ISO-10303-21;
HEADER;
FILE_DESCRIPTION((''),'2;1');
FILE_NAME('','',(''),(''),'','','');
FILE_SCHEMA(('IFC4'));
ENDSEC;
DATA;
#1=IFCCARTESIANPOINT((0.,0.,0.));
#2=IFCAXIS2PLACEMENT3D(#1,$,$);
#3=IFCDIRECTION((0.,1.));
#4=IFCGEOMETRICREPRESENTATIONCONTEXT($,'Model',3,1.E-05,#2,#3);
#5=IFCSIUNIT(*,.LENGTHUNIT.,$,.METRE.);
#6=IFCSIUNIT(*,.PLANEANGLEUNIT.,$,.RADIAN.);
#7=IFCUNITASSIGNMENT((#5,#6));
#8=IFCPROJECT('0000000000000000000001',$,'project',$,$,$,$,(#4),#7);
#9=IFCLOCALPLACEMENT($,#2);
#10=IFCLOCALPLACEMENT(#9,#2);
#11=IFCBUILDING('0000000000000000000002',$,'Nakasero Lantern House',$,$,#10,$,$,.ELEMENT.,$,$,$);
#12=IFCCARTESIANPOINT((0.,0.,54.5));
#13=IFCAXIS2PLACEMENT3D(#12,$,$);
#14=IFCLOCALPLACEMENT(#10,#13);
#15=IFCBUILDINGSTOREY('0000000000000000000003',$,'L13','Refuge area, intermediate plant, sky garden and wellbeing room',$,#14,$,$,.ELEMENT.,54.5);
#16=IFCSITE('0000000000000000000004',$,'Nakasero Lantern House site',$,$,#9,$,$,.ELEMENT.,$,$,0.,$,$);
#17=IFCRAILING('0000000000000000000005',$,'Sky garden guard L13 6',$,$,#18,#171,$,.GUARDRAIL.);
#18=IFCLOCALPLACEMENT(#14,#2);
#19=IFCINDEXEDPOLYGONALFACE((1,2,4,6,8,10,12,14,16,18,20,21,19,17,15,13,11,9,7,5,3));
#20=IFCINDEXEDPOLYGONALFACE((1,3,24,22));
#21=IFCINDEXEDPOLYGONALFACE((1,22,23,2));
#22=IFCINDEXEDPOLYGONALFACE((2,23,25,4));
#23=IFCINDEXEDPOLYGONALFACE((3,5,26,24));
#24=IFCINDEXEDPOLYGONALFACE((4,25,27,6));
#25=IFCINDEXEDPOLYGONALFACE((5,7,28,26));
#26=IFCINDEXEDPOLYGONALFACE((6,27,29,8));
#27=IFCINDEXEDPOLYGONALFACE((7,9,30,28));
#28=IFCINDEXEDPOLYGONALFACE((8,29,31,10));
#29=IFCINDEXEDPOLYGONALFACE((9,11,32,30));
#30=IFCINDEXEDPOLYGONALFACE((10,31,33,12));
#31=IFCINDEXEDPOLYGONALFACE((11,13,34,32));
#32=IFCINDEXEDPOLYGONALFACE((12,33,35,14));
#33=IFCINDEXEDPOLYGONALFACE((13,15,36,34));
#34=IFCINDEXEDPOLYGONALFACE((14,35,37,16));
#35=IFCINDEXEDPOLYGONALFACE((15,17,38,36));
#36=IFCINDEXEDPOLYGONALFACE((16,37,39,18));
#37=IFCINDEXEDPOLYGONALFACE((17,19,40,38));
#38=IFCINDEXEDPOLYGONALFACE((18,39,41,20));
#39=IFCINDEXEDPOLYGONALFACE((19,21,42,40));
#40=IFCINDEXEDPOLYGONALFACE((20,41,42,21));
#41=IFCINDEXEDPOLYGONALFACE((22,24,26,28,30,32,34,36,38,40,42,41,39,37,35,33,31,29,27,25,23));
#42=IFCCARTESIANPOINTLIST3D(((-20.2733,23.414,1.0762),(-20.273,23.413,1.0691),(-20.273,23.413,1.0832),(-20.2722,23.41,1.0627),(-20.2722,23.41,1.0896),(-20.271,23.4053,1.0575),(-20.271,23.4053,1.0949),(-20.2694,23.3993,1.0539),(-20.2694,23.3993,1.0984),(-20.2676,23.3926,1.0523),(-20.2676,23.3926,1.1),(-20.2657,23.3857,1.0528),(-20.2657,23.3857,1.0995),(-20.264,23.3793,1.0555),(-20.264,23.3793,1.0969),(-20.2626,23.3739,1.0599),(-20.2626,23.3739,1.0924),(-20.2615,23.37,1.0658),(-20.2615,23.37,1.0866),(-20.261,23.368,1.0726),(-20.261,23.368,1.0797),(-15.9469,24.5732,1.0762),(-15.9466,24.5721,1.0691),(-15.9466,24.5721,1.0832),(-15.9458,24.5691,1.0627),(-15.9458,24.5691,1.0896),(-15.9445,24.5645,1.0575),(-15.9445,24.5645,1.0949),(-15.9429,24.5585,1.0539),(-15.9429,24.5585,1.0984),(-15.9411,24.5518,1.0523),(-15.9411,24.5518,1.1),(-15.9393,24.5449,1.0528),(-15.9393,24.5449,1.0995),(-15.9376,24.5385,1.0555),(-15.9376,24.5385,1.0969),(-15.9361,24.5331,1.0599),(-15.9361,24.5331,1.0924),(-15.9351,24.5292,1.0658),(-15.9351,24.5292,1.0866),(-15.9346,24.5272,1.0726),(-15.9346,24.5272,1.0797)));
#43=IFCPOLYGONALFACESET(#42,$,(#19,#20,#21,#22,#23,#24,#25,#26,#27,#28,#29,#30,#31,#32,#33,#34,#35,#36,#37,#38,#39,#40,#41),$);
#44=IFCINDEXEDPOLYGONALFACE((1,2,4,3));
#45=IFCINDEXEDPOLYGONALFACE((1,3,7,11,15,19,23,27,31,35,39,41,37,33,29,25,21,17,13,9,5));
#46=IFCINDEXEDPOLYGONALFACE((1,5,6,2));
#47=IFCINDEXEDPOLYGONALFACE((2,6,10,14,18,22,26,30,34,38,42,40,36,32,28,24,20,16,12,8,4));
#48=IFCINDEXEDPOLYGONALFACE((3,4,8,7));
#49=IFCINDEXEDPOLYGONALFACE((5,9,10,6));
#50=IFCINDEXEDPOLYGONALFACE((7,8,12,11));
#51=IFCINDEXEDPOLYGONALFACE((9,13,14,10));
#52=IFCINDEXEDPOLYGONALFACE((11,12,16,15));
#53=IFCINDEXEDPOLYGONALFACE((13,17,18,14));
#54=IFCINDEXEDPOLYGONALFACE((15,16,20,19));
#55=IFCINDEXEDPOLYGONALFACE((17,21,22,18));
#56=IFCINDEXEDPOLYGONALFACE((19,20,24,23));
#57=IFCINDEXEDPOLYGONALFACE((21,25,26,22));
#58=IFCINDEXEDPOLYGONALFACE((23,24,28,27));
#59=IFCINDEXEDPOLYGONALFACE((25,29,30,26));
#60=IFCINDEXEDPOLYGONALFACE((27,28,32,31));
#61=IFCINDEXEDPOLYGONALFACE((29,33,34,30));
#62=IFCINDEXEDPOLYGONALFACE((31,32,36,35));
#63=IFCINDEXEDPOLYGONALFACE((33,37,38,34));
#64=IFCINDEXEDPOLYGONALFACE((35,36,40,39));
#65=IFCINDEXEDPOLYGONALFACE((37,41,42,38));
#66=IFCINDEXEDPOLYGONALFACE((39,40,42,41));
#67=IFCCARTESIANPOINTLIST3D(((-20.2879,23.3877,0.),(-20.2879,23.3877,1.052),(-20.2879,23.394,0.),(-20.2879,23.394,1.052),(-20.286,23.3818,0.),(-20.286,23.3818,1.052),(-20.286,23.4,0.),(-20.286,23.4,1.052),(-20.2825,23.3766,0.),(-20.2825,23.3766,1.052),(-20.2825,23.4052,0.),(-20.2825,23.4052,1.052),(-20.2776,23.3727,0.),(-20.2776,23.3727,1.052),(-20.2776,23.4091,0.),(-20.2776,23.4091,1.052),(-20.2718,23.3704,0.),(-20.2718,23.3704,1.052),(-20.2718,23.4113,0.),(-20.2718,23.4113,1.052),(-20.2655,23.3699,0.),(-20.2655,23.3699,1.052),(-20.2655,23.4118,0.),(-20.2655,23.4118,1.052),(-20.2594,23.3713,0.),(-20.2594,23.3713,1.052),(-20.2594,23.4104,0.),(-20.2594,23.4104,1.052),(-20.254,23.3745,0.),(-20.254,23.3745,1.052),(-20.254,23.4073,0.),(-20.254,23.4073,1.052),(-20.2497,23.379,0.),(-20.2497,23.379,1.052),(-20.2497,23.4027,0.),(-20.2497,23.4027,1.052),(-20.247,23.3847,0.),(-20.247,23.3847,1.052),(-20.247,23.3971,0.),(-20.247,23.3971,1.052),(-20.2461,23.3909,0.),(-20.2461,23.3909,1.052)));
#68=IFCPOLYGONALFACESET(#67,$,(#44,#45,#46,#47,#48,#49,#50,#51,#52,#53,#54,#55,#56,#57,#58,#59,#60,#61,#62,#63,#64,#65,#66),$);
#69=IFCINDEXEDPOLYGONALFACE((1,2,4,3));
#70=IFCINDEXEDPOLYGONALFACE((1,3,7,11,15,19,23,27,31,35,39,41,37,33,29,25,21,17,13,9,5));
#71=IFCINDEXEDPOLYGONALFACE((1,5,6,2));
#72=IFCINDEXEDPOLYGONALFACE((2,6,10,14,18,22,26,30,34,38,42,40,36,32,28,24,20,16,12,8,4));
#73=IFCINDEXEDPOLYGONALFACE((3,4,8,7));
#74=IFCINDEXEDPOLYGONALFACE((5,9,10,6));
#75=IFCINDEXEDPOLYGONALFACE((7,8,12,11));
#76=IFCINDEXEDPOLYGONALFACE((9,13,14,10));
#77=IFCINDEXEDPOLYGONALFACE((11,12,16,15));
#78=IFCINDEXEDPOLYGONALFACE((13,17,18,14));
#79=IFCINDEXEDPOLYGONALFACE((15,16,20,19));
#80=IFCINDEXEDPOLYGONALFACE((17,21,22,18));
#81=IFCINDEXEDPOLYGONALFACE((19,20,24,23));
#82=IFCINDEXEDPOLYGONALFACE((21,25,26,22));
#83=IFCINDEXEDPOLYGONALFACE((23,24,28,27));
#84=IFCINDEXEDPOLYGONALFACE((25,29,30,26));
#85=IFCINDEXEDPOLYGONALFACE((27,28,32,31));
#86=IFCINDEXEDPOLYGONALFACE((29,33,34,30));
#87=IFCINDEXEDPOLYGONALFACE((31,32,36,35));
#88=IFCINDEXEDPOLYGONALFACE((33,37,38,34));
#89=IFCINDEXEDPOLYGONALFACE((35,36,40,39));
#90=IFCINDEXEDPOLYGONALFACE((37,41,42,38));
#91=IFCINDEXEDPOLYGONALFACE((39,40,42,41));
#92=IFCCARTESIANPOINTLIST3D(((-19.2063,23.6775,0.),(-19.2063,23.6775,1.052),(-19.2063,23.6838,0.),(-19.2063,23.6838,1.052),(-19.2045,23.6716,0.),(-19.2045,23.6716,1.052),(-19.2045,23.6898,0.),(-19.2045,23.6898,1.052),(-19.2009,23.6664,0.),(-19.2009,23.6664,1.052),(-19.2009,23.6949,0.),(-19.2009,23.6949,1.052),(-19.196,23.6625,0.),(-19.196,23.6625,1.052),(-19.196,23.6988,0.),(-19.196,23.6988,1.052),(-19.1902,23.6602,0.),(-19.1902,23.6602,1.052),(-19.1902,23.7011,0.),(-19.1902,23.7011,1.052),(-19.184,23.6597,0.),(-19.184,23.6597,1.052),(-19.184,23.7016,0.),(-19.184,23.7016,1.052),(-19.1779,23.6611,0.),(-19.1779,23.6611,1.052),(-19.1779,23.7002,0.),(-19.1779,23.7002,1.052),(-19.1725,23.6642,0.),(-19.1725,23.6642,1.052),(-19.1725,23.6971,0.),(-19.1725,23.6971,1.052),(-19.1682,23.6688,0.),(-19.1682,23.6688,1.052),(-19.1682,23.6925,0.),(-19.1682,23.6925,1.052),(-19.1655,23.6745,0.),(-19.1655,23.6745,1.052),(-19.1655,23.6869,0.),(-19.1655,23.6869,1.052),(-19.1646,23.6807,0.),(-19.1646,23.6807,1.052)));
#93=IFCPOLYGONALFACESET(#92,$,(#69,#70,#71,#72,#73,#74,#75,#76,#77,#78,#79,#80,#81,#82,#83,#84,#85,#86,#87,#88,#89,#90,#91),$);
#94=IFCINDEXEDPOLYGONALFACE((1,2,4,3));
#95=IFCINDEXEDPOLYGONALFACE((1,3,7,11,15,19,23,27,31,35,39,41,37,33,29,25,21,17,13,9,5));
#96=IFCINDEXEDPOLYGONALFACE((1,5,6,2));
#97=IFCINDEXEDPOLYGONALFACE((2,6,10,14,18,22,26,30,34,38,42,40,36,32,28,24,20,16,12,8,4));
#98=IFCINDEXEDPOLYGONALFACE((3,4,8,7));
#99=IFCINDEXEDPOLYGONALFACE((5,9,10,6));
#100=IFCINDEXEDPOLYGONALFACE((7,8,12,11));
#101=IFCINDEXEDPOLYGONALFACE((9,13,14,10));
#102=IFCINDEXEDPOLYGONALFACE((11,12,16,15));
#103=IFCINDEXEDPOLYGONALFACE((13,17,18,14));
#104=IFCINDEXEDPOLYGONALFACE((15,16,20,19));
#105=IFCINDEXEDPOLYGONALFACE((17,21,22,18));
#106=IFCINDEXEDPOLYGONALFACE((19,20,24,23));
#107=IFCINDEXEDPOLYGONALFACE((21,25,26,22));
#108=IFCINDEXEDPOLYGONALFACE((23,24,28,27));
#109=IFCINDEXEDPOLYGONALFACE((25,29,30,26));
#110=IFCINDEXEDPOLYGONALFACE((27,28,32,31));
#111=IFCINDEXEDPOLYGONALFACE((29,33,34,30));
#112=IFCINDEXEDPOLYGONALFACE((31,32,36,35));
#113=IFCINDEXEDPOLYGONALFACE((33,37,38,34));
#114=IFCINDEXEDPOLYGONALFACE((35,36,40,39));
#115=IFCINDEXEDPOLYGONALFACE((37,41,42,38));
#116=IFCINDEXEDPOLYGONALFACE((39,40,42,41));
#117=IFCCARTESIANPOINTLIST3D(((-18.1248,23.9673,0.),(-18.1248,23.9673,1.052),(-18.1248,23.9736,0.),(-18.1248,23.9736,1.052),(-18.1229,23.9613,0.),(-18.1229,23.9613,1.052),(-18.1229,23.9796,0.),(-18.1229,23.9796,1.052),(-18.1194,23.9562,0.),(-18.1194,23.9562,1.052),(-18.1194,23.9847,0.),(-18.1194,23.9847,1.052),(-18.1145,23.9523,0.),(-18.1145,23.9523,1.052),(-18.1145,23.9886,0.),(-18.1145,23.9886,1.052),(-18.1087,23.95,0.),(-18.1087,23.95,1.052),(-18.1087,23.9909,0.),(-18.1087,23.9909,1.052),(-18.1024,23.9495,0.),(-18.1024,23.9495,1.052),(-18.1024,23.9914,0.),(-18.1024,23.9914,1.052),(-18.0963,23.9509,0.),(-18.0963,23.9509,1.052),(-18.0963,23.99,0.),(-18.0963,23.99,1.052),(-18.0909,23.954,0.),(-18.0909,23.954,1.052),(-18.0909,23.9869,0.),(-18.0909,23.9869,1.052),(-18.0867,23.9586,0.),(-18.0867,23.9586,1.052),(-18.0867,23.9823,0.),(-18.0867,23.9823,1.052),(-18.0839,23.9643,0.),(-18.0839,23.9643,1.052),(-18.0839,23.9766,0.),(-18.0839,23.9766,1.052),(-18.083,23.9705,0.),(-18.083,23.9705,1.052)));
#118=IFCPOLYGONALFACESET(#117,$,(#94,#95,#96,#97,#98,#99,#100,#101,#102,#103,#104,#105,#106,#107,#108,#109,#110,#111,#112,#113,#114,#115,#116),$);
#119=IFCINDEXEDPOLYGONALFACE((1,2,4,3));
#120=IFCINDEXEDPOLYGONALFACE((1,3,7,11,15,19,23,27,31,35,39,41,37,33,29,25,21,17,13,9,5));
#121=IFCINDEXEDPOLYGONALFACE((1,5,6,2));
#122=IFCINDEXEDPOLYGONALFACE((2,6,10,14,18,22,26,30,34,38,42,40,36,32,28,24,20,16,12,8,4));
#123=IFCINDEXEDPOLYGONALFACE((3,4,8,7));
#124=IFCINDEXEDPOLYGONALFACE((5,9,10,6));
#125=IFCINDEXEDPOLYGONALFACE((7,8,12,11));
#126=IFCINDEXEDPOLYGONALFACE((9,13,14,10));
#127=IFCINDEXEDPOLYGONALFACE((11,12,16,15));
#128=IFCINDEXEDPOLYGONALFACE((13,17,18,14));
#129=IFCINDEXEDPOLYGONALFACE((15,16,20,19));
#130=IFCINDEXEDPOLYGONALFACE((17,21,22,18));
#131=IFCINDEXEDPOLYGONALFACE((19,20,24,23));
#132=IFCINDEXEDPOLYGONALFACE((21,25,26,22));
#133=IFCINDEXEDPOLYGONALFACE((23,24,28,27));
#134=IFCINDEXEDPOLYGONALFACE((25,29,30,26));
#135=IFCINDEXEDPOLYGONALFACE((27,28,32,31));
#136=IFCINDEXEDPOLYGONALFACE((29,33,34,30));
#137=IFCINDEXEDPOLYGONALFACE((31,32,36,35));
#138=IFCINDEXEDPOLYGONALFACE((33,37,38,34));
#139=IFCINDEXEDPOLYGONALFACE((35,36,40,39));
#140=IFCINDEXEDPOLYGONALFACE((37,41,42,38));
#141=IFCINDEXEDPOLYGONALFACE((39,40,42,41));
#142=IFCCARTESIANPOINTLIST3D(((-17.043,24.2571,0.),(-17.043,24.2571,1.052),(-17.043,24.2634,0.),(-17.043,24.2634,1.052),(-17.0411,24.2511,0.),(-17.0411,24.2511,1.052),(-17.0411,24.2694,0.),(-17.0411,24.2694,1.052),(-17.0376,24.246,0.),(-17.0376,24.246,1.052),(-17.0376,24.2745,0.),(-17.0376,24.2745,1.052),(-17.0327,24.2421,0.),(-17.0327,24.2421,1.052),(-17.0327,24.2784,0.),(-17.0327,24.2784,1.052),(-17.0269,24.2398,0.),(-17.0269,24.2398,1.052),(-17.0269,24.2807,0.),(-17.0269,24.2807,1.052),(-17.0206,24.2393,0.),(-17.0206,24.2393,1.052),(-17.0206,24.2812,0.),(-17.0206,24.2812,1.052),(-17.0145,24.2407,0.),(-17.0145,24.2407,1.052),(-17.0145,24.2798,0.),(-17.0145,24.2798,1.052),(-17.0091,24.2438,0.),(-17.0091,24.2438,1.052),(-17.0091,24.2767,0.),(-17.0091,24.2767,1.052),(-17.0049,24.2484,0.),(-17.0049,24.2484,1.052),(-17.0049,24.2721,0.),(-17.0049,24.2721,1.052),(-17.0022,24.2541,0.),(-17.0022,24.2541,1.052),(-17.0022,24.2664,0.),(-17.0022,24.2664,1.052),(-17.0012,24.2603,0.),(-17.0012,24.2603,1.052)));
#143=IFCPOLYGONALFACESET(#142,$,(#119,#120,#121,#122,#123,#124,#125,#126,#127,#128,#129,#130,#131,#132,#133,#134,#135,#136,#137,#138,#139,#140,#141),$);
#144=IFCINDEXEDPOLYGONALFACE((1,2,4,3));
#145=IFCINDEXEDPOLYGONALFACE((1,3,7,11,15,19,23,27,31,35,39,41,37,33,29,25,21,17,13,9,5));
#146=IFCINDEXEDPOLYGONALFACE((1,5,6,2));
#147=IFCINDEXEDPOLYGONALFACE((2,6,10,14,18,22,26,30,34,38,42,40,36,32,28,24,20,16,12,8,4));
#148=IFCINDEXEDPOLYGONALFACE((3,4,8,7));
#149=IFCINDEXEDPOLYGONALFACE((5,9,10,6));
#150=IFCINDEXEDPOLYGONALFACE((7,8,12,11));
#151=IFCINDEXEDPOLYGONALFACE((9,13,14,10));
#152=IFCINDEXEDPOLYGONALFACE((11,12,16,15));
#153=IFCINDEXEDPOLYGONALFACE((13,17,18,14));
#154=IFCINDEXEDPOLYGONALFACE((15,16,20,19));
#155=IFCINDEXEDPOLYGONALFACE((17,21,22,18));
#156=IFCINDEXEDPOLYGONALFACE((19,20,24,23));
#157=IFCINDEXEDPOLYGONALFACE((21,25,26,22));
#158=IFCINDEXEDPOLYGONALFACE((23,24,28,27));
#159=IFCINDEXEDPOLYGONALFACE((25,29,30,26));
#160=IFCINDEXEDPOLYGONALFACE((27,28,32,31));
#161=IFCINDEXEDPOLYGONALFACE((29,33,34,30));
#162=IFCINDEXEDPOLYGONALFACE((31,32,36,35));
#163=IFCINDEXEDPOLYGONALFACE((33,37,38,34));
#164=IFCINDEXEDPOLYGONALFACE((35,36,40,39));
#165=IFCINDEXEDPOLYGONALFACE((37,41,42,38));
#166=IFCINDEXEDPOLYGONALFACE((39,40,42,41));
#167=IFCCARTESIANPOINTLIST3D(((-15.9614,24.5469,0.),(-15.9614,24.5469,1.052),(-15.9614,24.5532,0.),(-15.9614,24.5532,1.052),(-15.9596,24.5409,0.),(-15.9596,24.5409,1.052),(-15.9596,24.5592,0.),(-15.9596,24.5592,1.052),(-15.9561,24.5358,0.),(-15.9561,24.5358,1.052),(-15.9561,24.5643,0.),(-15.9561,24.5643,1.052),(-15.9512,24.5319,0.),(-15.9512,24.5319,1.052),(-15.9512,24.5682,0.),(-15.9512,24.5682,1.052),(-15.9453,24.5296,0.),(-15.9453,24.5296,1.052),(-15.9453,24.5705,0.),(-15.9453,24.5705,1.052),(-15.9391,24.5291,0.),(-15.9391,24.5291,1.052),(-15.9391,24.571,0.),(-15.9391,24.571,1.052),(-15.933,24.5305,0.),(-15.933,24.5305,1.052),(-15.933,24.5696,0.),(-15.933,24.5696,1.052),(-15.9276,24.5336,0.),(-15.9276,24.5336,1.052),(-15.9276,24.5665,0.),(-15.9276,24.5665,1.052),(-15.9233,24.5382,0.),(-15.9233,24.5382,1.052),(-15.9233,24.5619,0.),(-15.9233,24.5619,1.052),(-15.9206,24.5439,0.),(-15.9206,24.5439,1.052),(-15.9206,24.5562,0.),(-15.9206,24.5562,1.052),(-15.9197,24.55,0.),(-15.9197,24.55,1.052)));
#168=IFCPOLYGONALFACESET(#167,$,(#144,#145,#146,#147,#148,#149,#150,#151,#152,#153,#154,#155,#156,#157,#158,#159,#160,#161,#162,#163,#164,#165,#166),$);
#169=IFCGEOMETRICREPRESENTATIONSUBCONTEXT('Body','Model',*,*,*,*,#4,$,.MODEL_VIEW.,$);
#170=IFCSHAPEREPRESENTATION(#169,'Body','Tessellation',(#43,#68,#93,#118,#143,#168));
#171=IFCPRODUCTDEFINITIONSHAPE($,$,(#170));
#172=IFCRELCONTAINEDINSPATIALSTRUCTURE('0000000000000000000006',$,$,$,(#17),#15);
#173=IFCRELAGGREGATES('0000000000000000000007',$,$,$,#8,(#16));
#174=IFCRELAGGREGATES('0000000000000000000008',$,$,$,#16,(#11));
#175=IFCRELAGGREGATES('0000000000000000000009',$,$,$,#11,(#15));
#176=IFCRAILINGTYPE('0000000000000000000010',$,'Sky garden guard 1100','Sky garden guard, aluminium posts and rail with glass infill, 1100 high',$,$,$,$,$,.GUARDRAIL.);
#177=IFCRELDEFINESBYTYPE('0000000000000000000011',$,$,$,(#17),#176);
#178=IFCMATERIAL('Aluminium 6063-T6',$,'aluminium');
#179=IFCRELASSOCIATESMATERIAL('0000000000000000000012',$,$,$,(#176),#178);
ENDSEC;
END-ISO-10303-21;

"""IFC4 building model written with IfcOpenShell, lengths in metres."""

from ifc_helpers import new_model, si_unit, direction, frame, origin, origin_2d, place, context, subcontext, project, spatial, circle, extrude, material, type_object, element, save


model = new_model("IFC4")

# Units and contexts
model_context = context("Model", 3, precision=1e-05, world=origin(), true_north=direction((0.0, 1.0)))
body_context = subcontext(model_context, "Body", "Model", "MODEL_VIEW")
ifc_project = project(units=[si_unit("LENGTHUNIT", "METRE"), si_unit("PLANEANGLEUNIT", "RADIAN")], contexts=[model_context])

# Site, building, storey
site_placement = place(None, origin())
site = spatial("IfcSite", under=ifc_project, at=site_placement, Name="Nakasero Lantern House site", CompositionType="ELEMENT", RefElevation=0.0)
building_placement = place(site_placement, origin())
building = spatial("IfcBuilding", under=site, at=building_placement, Name="Nakasero Lantern House", CompositionType="ELEMENT")
storey_placement = place(building_placement, frame((0.0, 0.0, 54.5)))
storey = spatial("IfcBuildingStorey", under=building, at=storey_placement, Name="L13", Description="Refuge area, intermediate plant, sky garden and wellbeing room", CompositionType="ELEMENT", Elevation=54.5)

# Railing
ifc_material_1 = material(Name="Aluminium 6063-T6", Category="aluminium")
railing_type = type_object("IfcRailingType", Name="Sky garden guard 1100", Description="Sky garden guard, aluminium posts and rail with glass infill, 1100 high", PredefinedType="GUARDRAIL", material=ifc_material_1)
railing_1_placement = place(storey_placement, frame((-20.2671, 23.3909, 0.0)))
element("IfcRailing", 1, at=railing_1_placement, inside=storey, type_object=railing_type, Name="Sky garden guard L13 6", PredefinedType="GUARDRAIL", context=body_context, shape_type="SweptSolid", body=[
    extrude(circle(Radius=0.0239, at=origin_2d()), frame((0.0, 0.0, 1.0762), z_axis=(0.96593, 0.258802, 0.0), x_axis=(-0.258802, 0.96593, 0.0)), (0.0, 0.0, 1.0), 4.479),
    extrude(circle(Radius=0.021, at=origin_2d()), origin(), (0.0, 0.0, 1.0), 1.052),
    extrude(circle(Radius=0.021, at=origin_2d()), frame((1.0815, 0.2898, 0.0)), (0.0, 0.0, 1.0), 1.052),
    extrude(circle(Radius=0.021, at=origin_2d()), frame((2.1631, 0.5796, 0.0)), (0.0, 0.0, 1.0), 1.052),
    extrude(circle(Radius=0.021, at=origin_2d()), frame((3.2449, 0.8694, 0.0)), (0.0, 0.0, 1.0), 1.052),
    extrude(circle(Radius=0.021, at=origin_2d()), frame((4.3264, 1.1592, 0.0)), (0.0, 0.0, 1.0), 1.052),
])

save(model, "model.ifc")
